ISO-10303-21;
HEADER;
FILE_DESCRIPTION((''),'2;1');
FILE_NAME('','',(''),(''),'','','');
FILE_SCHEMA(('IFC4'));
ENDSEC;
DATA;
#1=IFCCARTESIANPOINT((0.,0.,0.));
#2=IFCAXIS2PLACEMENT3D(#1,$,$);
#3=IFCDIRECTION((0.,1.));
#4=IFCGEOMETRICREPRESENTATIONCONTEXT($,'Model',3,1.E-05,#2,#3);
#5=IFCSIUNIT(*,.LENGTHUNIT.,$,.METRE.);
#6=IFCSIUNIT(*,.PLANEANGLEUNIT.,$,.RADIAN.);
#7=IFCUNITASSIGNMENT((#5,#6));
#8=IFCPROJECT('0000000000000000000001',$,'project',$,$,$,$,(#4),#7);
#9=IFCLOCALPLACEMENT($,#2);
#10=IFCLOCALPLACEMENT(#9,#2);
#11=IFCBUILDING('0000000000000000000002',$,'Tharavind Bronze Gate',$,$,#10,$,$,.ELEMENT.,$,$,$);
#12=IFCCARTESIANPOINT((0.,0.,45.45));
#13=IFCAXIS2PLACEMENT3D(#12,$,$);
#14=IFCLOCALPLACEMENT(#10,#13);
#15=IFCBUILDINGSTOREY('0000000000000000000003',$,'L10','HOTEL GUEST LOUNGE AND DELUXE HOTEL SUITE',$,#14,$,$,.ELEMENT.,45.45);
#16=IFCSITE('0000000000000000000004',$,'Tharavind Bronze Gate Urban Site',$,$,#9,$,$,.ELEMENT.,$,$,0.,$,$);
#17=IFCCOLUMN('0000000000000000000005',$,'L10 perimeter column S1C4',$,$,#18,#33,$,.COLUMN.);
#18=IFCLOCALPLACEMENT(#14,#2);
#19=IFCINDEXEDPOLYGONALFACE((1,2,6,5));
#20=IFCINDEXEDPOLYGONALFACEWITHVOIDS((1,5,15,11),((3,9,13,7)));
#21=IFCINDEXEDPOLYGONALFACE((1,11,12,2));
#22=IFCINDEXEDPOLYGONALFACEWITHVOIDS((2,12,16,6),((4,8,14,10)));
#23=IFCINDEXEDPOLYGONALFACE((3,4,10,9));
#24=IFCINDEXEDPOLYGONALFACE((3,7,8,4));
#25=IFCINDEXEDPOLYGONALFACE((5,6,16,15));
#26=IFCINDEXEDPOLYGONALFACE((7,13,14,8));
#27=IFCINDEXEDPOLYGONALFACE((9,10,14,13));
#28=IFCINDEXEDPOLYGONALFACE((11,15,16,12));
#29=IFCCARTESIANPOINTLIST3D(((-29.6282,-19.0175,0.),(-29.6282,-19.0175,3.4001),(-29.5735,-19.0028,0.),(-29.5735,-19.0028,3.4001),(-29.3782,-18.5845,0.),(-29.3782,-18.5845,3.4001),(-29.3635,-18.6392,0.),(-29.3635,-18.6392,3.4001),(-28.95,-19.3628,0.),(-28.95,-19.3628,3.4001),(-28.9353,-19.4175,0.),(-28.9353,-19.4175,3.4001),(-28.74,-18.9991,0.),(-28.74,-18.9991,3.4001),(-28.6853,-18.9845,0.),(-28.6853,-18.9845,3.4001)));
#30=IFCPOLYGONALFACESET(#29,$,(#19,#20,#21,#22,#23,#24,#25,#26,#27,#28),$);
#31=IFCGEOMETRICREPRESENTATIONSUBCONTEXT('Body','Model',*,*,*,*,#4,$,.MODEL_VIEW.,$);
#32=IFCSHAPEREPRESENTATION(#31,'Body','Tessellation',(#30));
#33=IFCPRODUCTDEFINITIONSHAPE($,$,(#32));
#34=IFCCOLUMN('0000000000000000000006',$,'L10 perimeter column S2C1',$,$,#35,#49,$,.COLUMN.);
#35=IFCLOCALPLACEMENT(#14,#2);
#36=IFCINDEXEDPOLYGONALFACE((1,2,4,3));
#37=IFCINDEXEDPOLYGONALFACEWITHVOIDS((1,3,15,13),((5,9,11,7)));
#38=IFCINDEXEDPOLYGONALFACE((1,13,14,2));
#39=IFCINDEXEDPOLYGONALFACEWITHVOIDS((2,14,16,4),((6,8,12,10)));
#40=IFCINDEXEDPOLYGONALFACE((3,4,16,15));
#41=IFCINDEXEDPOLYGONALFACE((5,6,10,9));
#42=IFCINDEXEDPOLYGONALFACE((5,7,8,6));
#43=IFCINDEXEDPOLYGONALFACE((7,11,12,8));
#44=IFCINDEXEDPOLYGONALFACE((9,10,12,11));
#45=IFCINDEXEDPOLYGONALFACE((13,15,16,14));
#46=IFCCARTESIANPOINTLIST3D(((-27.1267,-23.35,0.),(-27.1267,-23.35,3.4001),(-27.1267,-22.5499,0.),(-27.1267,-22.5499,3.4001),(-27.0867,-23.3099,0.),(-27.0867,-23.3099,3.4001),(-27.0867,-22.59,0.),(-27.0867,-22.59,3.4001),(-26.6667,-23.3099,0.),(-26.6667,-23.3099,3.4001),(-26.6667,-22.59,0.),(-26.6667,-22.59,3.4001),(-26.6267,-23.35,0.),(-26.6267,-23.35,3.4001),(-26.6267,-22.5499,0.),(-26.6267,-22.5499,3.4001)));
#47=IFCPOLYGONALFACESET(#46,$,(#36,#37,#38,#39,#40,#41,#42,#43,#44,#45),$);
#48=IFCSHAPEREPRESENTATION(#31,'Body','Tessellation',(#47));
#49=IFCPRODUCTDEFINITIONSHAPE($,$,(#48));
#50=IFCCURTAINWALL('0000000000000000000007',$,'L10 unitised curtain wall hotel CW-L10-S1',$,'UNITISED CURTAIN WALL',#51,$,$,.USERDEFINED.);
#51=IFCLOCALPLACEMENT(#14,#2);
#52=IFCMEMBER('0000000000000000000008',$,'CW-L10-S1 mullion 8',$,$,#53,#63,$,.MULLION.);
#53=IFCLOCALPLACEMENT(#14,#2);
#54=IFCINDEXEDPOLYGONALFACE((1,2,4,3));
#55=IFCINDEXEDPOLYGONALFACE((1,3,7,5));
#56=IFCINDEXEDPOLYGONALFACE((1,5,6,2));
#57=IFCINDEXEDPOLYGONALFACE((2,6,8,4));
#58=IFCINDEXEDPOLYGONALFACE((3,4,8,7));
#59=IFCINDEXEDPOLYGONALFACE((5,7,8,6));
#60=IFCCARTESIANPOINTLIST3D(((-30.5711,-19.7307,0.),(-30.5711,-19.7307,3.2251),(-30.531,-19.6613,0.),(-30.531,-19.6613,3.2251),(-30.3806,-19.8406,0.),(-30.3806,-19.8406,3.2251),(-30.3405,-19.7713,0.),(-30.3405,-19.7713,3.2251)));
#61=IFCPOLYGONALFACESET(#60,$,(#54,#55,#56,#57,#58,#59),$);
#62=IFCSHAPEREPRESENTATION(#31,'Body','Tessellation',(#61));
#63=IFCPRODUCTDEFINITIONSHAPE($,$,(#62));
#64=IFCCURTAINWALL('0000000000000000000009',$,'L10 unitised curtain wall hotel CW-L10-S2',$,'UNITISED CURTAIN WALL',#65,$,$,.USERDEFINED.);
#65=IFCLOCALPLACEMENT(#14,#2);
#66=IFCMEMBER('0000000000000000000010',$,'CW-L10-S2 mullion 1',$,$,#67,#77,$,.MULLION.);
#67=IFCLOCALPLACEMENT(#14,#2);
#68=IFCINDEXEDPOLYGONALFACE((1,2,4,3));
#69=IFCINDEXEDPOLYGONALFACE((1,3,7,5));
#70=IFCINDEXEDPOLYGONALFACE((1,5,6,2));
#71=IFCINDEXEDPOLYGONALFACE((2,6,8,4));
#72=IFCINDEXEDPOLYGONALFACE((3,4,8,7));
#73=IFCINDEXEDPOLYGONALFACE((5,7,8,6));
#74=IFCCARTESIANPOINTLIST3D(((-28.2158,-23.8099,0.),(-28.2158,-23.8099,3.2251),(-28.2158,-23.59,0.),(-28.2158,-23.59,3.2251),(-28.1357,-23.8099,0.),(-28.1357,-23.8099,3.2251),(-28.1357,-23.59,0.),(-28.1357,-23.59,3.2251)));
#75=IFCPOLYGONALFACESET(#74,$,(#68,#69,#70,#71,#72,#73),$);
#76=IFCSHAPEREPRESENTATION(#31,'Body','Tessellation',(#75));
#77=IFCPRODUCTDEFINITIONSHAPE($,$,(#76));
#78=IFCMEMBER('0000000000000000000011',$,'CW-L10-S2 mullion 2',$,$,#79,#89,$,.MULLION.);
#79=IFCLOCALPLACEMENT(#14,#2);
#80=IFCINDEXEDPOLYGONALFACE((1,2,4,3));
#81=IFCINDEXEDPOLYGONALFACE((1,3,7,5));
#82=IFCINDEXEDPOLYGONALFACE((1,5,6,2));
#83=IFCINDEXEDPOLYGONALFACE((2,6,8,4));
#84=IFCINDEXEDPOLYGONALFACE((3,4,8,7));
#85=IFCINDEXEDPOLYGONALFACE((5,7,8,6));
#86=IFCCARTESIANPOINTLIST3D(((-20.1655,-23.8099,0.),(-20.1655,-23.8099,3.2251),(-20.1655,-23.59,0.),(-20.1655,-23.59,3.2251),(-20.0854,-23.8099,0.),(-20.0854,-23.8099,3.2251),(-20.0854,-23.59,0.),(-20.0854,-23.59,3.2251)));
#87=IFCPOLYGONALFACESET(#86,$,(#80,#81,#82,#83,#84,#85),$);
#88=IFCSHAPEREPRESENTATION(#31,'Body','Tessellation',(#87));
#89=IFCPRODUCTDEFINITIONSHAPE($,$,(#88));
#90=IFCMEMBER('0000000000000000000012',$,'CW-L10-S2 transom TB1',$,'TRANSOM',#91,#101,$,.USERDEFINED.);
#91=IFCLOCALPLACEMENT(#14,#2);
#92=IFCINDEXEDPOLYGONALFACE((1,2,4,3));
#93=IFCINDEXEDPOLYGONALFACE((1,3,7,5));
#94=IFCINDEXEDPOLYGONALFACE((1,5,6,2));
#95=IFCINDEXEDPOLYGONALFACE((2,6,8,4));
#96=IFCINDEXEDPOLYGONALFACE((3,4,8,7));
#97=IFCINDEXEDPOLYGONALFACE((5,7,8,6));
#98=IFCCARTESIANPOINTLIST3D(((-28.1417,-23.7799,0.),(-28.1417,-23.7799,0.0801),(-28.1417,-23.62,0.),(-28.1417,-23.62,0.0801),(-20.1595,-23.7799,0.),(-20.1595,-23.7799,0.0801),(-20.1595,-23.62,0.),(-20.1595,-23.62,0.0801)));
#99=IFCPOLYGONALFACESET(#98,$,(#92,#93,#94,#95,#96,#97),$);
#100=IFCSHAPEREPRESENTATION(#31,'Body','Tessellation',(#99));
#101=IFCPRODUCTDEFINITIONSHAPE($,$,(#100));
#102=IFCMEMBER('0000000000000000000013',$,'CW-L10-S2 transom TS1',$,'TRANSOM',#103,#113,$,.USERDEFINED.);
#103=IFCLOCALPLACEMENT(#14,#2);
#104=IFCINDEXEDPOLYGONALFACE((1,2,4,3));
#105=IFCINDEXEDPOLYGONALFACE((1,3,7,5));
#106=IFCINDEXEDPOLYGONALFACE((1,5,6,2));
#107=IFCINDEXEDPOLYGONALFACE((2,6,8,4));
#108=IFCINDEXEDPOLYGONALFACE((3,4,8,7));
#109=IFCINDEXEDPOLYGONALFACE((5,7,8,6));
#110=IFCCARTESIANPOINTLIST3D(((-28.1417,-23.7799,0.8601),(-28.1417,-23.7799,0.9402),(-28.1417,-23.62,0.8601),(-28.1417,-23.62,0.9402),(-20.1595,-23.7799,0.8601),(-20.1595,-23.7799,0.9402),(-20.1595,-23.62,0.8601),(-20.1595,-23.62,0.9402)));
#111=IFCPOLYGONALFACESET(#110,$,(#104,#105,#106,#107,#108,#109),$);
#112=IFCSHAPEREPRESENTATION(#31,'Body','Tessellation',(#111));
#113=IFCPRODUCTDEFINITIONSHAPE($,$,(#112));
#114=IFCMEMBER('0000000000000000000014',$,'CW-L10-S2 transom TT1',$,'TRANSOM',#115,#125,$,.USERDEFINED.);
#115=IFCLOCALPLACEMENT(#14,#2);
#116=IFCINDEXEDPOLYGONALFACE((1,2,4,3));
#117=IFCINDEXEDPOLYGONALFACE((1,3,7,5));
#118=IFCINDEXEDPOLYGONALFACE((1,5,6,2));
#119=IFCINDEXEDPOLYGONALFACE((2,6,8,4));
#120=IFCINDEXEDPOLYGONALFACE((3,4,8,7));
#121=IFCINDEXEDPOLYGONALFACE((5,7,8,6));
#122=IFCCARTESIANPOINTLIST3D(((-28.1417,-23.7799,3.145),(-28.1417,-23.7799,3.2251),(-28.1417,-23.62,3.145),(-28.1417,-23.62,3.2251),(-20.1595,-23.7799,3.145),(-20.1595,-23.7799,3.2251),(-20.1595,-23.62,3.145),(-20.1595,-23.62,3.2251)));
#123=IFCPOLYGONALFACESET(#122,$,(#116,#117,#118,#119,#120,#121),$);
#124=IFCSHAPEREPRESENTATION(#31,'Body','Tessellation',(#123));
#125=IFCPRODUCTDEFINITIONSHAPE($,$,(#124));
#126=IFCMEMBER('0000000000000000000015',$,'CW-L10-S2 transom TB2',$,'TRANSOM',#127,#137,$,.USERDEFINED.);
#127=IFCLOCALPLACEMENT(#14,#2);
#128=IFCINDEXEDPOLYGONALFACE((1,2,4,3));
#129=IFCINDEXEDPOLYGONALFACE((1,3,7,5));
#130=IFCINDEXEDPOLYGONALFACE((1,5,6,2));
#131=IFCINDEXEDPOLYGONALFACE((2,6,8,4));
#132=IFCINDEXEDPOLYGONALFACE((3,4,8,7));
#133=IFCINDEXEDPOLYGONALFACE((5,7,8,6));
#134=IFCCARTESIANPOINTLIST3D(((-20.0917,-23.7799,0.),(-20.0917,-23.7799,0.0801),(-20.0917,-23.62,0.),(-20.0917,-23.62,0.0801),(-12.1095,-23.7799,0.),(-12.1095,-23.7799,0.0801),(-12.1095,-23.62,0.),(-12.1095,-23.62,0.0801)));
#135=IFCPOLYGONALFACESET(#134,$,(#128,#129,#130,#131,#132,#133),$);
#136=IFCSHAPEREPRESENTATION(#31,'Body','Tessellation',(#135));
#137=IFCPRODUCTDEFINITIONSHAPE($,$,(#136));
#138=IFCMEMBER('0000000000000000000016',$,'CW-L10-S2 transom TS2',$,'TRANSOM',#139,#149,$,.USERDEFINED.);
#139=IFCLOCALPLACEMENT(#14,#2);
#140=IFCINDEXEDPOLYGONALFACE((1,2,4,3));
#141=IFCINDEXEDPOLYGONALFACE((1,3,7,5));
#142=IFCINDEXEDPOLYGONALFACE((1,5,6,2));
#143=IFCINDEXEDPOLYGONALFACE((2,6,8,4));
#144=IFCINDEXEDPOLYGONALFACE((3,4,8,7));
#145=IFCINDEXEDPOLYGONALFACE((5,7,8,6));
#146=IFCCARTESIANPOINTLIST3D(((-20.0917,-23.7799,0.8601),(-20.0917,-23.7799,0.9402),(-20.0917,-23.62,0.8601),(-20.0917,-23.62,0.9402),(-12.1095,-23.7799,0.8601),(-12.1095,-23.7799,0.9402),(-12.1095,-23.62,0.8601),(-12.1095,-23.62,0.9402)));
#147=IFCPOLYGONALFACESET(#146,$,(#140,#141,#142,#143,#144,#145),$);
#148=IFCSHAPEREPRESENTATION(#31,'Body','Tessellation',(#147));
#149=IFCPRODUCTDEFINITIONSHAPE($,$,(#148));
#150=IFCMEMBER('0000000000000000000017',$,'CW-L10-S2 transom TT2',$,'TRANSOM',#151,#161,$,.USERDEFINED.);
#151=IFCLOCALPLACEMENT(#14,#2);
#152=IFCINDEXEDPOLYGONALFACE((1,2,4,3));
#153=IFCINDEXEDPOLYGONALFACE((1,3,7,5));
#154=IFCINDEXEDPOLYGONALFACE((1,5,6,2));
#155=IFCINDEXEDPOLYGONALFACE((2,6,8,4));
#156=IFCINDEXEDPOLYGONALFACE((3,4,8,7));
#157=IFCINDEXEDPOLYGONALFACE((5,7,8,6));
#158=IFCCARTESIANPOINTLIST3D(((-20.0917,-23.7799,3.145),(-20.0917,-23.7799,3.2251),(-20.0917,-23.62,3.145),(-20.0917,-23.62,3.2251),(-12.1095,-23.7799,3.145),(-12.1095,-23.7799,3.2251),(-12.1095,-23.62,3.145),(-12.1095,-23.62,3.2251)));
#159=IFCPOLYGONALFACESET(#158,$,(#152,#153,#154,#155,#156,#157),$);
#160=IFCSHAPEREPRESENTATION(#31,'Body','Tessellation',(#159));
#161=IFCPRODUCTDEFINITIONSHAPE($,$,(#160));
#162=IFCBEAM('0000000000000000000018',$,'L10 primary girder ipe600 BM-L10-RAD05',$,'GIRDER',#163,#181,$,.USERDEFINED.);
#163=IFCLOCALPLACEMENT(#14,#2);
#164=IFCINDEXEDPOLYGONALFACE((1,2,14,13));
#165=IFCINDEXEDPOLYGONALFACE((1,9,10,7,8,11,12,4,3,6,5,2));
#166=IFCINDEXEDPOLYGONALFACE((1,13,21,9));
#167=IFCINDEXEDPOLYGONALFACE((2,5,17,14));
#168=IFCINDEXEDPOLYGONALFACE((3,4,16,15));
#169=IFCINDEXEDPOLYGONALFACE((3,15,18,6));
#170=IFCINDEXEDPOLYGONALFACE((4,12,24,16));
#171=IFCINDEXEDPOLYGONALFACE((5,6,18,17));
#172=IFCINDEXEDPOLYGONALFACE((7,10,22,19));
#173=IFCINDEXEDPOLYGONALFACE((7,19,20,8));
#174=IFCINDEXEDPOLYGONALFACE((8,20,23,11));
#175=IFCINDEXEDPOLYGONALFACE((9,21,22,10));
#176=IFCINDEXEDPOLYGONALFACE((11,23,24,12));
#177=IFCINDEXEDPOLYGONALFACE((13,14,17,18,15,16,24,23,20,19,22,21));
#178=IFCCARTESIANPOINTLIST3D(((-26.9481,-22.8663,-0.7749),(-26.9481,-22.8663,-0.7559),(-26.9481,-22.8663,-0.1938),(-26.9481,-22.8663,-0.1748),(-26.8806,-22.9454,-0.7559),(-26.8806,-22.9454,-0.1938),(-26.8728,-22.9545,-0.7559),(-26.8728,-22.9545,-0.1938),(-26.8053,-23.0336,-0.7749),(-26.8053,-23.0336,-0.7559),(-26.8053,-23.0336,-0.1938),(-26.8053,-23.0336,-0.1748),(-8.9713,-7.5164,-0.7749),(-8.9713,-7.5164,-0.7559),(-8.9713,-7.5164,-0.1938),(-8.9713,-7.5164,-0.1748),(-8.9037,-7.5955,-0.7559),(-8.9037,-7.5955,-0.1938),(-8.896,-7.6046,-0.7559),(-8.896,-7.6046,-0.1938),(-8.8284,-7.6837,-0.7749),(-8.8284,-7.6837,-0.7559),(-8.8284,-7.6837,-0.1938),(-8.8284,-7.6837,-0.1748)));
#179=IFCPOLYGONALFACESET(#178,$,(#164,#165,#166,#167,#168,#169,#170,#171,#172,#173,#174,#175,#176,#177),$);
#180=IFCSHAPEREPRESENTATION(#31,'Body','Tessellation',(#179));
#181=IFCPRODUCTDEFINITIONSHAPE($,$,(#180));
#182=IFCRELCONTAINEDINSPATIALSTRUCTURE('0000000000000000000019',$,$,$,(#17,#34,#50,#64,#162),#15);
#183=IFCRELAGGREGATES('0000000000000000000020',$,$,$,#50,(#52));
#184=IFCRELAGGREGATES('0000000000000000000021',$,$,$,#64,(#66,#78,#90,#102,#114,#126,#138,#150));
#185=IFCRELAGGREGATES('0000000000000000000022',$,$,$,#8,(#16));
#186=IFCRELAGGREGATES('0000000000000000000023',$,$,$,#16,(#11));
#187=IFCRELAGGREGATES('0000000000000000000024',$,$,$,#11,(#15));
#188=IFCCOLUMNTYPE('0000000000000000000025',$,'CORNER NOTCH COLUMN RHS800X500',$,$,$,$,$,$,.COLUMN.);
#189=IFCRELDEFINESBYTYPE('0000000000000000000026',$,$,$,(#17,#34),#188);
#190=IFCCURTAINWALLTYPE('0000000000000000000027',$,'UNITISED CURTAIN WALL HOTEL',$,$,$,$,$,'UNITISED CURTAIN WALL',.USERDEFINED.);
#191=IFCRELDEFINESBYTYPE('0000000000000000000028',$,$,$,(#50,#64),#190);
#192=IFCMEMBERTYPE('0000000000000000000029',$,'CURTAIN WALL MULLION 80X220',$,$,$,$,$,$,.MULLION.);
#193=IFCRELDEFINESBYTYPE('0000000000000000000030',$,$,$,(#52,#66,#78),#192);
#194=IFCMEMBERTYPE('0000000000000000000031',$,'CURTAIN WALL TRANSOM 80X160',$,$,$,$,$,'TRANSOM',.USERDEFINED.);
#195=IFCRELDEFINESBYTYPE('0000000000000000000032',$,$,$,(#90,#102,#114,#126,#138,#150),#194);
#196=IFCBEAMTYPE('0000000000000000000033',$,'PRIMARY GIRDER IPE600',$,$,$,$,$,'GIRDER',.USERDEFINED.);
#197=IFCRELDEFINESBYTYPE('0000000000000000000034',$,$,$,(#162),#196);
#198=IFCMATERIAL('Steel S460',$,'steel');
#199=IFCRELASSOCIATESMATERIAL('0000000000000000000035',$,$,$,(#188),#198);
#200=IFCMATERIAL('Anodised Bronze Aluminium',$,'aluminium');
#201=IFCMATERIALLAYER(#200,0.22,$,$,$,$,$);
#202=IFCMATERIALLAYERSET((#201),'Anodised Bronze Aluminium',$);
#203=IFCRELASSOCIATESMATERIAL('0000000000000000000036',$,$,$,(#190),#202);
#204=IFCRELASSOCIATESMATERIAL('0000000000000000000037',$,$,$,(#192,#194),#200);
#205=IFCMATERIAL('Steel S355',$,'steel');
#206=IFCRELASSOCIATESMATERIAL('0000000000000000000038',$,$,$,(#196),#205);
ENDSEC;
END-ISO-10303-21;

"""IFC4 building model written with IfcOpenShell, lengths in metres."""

from ifc_helpers import new_model, si_unit, direction, frame, origin, origin_2d, place, context, subcontext, project, spatial, rectangle, hollow_rectangle, i_section, extrude, material, layer, layer_set, material_profile, profile_set, type_object, element, aggregate, save


model = new_model("IFC4")

# Units and contexts
model_context = context("Model", 3, precision=1e-05, world=origin(), true_north=direction((0.0, 1.0)))
body_context = subcontext(model_context, "Body", "Model", "MODEL_VIEW")
ifc_project = project(units=[si_unit("LENGTHUNIT", "METRE"), si_unit("PLANEANGLEUNIT", "RADIAN")], contexts=[model_context])

# Site, building, storey
site_placement = place(None, origin())
site = spatial("IfcSite", under=ifc_project, at=site_placement, Name="Tharavind Bronze Gate Urban Site", CompositionType="ELEMENT", RefElevation=0.0)
building_placement = place(site_placement, origin())
building = spatial("IfcBuilding", under=site, at=building_placement, Name="Tharavind Bronze Gate", CompositionType="ELEMENT")
storey_placement = place(building_placement, frame((0.0, 0.0, 45.45)))
storey = spatial("IfcBuildingStorey", under=building, at=storey_placement, Name="L10", Description="HOTEL GUEST LOUNGE AND DELUXE HOTEL SUITE", CompositionType="ELEMENT", Elevation=45.45)

# Columns
ifc_material_1 = material(Name="Steel S460", Category="steel")
ifc_material_profile_1 = material_profile(ifc_material_1, hollow_rectangle(XDim=0.5, YDim=0.8, WallThickness=0.04, at=origin_2d()), Name="RHS800X500X40")
ifc_profile_set_1 = profile_set([ifc_material_profile_1], Name="Steel S460")
column_type = type_object("IfcColumnType", Name="CORNER NOTCH COLUMN RHS800X500", PredefinedType="COLUMN", material=ifc_profile_set_1)
for number, where, z_axis, x_axis, name in (
    (1, (-29.1567, -19.001, 0.0), (0.0, 0.0, 1.0), (0.500002, 0.866025, 0.0), "L10 perimeter column S1C4"),
    (2, (-26.8767, -22.95, 0.0), (0.0, 0.0, 1.0), (1.0, 0.0, 0.0), "L10 perimeter column S2C1"),
):
    element("IfcColumn", number, at=place(storey_placement, frame(where, z_axis=z_axis, x_axis=x_axis)), inside=storey, type_object=column_type, Name=name, PredefinedType="COLUMN", context=body_context, shape_type="SweptSolid", body=[
        extrude(hollow_rectangle(XDim=0.5, YDim=0.8, WallThickness=0.04, at=origin_2d()), origin(), (0.0, 0.0, 1.0), 3.4001),
    ])

# Curtain wall, member
ifc_material_2 = material(Name="Anodised Bronze Aluminium", Category="aluminium")
ifc_layer_1 = layer(ifc_material_2, 0.22)
ifc_layer_set_1 = layer_set([ifc_layer_1], Name="Anodised Bronze Aluminium")
curtain_wall_type = type_object("IfcCurtainWallType", Name="UNITISED CURTAIN WALL HOTEL", ElementType="UNITISED CURTAIN WALL", PredefinedType="USERDEFINED", material=ifc_layer_set_1)
curtain_wall_1_placement = place(storey_placement, origin())
curtain_wall_1 = element("IfcCurtainWall", 3, at=curtain_wall_1_placement, inside=storey, type_object=curtain_wall_type, Name="L10 unitised curtain wall hotel CW-L10-S1", ObjectType="UNITISED CURTAIN WALL", PredefinedType="USERDEFINED")
member_type_1 = type_object("IfcMemberType", Name="CURTAIN WALL MULLION 80X220", PredefinedType="MULLION", material=ifc_material_2)
member_1_placement = place(storey_placement, frame((-30.4558, -19.751, 0.0), z_axis=(0.0, 0.0, 1.0), x_axis=(-0.500002, -0.866025, 0.0)))
member_1 = element("IfcMember", 4, at=member_1_placement, type_object=member_type_1, Name="CW-L10-S1 mullion 8", PredefinedType="MULLION", context=body_context, shape_type="SweptSolid", body=[
    extrude(rectangle(XDim=0.0801, YDim=0.22, at=origin_2d()), origin(), (0.0, 0.0, 1.0), 3.2251),
])
aggregate(curtain_wall_1, [member_1])

# Curtain wall, members
curtain_wall_2_placement = place(storey_placement, origin())
curtain_wall_2 = element("IfcCurtainWall", 5, at=curtain_wall_2_placement, inside=storey, type_object=curtain_wall_type, Name="L10 unitised curtain wall hotel CW-L10-S2", ObjectType="UNITISED CURTAIN WALL", PredefinedType="USERDEFINED")
member_2_placement = place(storey_placement, frame((-28.1758, -23.7, 0.0), z_axis=(0.0, 0.0, 1.0), x_axis=(1.0, 0.0, 0.0)))
member_2 = element("IfcMember", 6, at=member_2_placement, type_object=member_type_1, Name="CW-L10-S2 mullion 1", PredefinedType="MULLION", context=body_context, shape_type="SweptSolid", body=[
    extrude(rectangle(XDim=0.0801, YDim=0.22, at=origin_2d()), origin(), (0.0, 0.0, 1.0), 3.2251),
])
member_3_placement = place(storey_placement, frame((-20.1255, -23.7, 0.0), z_axis=(0.0, 0.0, 1.0), x_axis=(1.0, 0.0, 0.0)))
member_3 = element("IfcMember", 7, at=member_3_placement, type_object=member_type_1, Name="CW-L10-S2 mullion 2", PredefinedType="MULLION", context=body_context, shape_type="SweptSolid", body=[
    extrude(rectangle(XDim=0.0801, YDim=0.22, at=origin_2d()), origin(), (0.0, 0.0, 1.0), 3.2251),
])
member_type_2 = type_object("IfcMemberType", Name="CURTAIN WALL TRANSOM 80X160", ElementType="TRANSOM", PredefinedType="USERDEFINED", material=ifc_material_2)
member_4_placement = place(storey_placement, frame((-24.1506, -23.7, 0.0), z_axis=(0.0, 0.0, 1.0), x_axis=(1.0, 0.0, 0.0)))
member_4 = element("IfcMember", 8, at=member_4_placement, type_object=member_type_2, Name="CW-L10-S2 transom TB1", ObjectType="TRANSOM", PredefinedType="USERDEFINED", context=body_context, shape_type="SweptSolid", body=[
    extrude(rectangle(XDim=7.9822, YDim=0.1599, at=origin_2d()), origin(), (0.0, 0.0, 1.0), 0.0801),
])
member_5_placement = place(storey_placement, frame((-24.1506, -23.7, 0.8601), z_axis=(0.0, 0.0, 1.0), x_axis=(1.0, 0.0, 0.0)))
member_5 = element("IfcMember", 9, at=member_5_placement, type_object=member_type_2, Name="CW-L10-S2 transom TS1", ObjectType="TRANSOM", PredefinedType="USERDEFINED", context=body_context, shape_type="SweptSolid", body=[
    extrude(rectangle(XDim=7.9822, YDim=0.1599, at=origin_2d()), origin(), (0.0, 0.0, 1.0), 0.0801),
])
member_6_placement = place(storey_placement, frame((-24.1506, -23.7, 3.145), z_axis=(0.0, 0.0, 1.0), x_axis=(1.0, 0.0, 0.0)))
member_6 = element("IfcMember", 10, at=member_6_placement, type_object=member_type_2, Name="CW-L10-S2 transom TT1", ObjectType="TRANSOM", PredefinedType="USERDEFINED", context=body_context, shape_type="SweptSolid", body=[
    extrude(rectangle(XDim=7.9822, YDim=0.1599, at=origin_2d()), origin(), (0.0, 0.0, 1.0), 0.0801),
])
member_7_placement = place(storey_placement, frame((-16.1006, -23.7, 0.0), z_axis=(0.0, 0.0, 1.0), x_axis=(1.0, 0.0, 0.0)))
member_7 = element("IfcMember", 11, at=member_7_placement, type_object=member_type_2, Name="CW-L10-S2 transom TB2", ObjectType="TRANSOM", PredefinedType="USERDEFINED", context=body_context, shape_type="SweptSolid", body=[
    extrude(rectangle(XDim=7.9822, YDim=0.1599, at=origin_2d()), origin(), (0.0, 0.0, 1.0), 0.0801),
])
member_8_placement = place(storey_placement, frame((-16.1006, -23.7, 0.8601), z_axis=(0.0, 0.0, 1.0), x_axis=(1.0, 0.0, 0.0)))
member_8 = element("IfcMember", 12, at=member_8_placement, type_object=member_type_2, Name="CW-L10-S2 transom TS2", ObjectType="TRANSOM", PredefinedType="USERDEFINED", context=body_context, shape_type="SweptSolid", body=[
    extrude(rectangle(XDim=7.9822, YDim=0.1599, at=origin_2d()), origin(), (0.0, 0.0, 1.0), 0.0801),
])
member_9_placement = place(storey_placement, frame((-16.1006, -23.7, 3.145), z_axis=(0.0, 0.0, 1.0), x_axis=(1.0, 0.0, 0.0)))
member_9 = element("IfcMember", 13, at=member_9_placement, type_object=member_type_2, Name="CW-L10-S2 transom TT2", ObjectType="TRANSOM", PredefinedType="USERDEFINED", context=body_context, shape_type="SweptSolid", body=[
    extrude(rectangle(XDim=7.9822, YDim=0.1599, at=origin_2d()), origin(), (0.0, 0.0, 1.0), 0.0801),
])

# Beam
ifc_material_3 = material(Name="Steel S355", Category="steel")
ifc_material_profile_2 = material_profile(ifc_material_3, i_section(OverallWidth=0.22, OverallDepth=0.6001, WebThickness=0.012, FlangeThickness=0.019, at=origin_2d()), Name="IPE600")
ifc_profile_set_2 = profile_set([ifc_material_profile_2], Name="Steel S355")
beam_type_1 = type_object("IfcBeamType", Name="PRIMARY GIRDER IPE600", ElementType="GIRDER", PredefinedType="USERDEFINED", material=ifc_profile_set_2)
beam_1_placement = place(storey_placement, frame((-26.8767, -22.95, -0.4749), z_axis=(0.760485, 0.649355, 0.0), x_axis=(-0.649355, 0.760485, 0.0)))
element("IfcBeam", 14, at=beam_1_placement, inside=storey, type_object=beam_type_1, Name="L10 primary girder ipe600 BM-L10-RAD05", ObjectType="GIRDER", PredefinedType="USERDEFINED", context=body_context, shape_type="SweptSolid", body=[
    extrude(i_section(OverallWidth=0.22, OverallDepth=0.6001, WebThickness=0.012, FlangeThickness=0.019, at=origin_2d()), origin(), (0.0, 0.0, 1.0), 23.6387),
])

aggregate(curtain_wall_2, [member_2, member_3, member_4, member_5, member_6, member_7, member_8, member_9])

save(model, "model.ifc")
